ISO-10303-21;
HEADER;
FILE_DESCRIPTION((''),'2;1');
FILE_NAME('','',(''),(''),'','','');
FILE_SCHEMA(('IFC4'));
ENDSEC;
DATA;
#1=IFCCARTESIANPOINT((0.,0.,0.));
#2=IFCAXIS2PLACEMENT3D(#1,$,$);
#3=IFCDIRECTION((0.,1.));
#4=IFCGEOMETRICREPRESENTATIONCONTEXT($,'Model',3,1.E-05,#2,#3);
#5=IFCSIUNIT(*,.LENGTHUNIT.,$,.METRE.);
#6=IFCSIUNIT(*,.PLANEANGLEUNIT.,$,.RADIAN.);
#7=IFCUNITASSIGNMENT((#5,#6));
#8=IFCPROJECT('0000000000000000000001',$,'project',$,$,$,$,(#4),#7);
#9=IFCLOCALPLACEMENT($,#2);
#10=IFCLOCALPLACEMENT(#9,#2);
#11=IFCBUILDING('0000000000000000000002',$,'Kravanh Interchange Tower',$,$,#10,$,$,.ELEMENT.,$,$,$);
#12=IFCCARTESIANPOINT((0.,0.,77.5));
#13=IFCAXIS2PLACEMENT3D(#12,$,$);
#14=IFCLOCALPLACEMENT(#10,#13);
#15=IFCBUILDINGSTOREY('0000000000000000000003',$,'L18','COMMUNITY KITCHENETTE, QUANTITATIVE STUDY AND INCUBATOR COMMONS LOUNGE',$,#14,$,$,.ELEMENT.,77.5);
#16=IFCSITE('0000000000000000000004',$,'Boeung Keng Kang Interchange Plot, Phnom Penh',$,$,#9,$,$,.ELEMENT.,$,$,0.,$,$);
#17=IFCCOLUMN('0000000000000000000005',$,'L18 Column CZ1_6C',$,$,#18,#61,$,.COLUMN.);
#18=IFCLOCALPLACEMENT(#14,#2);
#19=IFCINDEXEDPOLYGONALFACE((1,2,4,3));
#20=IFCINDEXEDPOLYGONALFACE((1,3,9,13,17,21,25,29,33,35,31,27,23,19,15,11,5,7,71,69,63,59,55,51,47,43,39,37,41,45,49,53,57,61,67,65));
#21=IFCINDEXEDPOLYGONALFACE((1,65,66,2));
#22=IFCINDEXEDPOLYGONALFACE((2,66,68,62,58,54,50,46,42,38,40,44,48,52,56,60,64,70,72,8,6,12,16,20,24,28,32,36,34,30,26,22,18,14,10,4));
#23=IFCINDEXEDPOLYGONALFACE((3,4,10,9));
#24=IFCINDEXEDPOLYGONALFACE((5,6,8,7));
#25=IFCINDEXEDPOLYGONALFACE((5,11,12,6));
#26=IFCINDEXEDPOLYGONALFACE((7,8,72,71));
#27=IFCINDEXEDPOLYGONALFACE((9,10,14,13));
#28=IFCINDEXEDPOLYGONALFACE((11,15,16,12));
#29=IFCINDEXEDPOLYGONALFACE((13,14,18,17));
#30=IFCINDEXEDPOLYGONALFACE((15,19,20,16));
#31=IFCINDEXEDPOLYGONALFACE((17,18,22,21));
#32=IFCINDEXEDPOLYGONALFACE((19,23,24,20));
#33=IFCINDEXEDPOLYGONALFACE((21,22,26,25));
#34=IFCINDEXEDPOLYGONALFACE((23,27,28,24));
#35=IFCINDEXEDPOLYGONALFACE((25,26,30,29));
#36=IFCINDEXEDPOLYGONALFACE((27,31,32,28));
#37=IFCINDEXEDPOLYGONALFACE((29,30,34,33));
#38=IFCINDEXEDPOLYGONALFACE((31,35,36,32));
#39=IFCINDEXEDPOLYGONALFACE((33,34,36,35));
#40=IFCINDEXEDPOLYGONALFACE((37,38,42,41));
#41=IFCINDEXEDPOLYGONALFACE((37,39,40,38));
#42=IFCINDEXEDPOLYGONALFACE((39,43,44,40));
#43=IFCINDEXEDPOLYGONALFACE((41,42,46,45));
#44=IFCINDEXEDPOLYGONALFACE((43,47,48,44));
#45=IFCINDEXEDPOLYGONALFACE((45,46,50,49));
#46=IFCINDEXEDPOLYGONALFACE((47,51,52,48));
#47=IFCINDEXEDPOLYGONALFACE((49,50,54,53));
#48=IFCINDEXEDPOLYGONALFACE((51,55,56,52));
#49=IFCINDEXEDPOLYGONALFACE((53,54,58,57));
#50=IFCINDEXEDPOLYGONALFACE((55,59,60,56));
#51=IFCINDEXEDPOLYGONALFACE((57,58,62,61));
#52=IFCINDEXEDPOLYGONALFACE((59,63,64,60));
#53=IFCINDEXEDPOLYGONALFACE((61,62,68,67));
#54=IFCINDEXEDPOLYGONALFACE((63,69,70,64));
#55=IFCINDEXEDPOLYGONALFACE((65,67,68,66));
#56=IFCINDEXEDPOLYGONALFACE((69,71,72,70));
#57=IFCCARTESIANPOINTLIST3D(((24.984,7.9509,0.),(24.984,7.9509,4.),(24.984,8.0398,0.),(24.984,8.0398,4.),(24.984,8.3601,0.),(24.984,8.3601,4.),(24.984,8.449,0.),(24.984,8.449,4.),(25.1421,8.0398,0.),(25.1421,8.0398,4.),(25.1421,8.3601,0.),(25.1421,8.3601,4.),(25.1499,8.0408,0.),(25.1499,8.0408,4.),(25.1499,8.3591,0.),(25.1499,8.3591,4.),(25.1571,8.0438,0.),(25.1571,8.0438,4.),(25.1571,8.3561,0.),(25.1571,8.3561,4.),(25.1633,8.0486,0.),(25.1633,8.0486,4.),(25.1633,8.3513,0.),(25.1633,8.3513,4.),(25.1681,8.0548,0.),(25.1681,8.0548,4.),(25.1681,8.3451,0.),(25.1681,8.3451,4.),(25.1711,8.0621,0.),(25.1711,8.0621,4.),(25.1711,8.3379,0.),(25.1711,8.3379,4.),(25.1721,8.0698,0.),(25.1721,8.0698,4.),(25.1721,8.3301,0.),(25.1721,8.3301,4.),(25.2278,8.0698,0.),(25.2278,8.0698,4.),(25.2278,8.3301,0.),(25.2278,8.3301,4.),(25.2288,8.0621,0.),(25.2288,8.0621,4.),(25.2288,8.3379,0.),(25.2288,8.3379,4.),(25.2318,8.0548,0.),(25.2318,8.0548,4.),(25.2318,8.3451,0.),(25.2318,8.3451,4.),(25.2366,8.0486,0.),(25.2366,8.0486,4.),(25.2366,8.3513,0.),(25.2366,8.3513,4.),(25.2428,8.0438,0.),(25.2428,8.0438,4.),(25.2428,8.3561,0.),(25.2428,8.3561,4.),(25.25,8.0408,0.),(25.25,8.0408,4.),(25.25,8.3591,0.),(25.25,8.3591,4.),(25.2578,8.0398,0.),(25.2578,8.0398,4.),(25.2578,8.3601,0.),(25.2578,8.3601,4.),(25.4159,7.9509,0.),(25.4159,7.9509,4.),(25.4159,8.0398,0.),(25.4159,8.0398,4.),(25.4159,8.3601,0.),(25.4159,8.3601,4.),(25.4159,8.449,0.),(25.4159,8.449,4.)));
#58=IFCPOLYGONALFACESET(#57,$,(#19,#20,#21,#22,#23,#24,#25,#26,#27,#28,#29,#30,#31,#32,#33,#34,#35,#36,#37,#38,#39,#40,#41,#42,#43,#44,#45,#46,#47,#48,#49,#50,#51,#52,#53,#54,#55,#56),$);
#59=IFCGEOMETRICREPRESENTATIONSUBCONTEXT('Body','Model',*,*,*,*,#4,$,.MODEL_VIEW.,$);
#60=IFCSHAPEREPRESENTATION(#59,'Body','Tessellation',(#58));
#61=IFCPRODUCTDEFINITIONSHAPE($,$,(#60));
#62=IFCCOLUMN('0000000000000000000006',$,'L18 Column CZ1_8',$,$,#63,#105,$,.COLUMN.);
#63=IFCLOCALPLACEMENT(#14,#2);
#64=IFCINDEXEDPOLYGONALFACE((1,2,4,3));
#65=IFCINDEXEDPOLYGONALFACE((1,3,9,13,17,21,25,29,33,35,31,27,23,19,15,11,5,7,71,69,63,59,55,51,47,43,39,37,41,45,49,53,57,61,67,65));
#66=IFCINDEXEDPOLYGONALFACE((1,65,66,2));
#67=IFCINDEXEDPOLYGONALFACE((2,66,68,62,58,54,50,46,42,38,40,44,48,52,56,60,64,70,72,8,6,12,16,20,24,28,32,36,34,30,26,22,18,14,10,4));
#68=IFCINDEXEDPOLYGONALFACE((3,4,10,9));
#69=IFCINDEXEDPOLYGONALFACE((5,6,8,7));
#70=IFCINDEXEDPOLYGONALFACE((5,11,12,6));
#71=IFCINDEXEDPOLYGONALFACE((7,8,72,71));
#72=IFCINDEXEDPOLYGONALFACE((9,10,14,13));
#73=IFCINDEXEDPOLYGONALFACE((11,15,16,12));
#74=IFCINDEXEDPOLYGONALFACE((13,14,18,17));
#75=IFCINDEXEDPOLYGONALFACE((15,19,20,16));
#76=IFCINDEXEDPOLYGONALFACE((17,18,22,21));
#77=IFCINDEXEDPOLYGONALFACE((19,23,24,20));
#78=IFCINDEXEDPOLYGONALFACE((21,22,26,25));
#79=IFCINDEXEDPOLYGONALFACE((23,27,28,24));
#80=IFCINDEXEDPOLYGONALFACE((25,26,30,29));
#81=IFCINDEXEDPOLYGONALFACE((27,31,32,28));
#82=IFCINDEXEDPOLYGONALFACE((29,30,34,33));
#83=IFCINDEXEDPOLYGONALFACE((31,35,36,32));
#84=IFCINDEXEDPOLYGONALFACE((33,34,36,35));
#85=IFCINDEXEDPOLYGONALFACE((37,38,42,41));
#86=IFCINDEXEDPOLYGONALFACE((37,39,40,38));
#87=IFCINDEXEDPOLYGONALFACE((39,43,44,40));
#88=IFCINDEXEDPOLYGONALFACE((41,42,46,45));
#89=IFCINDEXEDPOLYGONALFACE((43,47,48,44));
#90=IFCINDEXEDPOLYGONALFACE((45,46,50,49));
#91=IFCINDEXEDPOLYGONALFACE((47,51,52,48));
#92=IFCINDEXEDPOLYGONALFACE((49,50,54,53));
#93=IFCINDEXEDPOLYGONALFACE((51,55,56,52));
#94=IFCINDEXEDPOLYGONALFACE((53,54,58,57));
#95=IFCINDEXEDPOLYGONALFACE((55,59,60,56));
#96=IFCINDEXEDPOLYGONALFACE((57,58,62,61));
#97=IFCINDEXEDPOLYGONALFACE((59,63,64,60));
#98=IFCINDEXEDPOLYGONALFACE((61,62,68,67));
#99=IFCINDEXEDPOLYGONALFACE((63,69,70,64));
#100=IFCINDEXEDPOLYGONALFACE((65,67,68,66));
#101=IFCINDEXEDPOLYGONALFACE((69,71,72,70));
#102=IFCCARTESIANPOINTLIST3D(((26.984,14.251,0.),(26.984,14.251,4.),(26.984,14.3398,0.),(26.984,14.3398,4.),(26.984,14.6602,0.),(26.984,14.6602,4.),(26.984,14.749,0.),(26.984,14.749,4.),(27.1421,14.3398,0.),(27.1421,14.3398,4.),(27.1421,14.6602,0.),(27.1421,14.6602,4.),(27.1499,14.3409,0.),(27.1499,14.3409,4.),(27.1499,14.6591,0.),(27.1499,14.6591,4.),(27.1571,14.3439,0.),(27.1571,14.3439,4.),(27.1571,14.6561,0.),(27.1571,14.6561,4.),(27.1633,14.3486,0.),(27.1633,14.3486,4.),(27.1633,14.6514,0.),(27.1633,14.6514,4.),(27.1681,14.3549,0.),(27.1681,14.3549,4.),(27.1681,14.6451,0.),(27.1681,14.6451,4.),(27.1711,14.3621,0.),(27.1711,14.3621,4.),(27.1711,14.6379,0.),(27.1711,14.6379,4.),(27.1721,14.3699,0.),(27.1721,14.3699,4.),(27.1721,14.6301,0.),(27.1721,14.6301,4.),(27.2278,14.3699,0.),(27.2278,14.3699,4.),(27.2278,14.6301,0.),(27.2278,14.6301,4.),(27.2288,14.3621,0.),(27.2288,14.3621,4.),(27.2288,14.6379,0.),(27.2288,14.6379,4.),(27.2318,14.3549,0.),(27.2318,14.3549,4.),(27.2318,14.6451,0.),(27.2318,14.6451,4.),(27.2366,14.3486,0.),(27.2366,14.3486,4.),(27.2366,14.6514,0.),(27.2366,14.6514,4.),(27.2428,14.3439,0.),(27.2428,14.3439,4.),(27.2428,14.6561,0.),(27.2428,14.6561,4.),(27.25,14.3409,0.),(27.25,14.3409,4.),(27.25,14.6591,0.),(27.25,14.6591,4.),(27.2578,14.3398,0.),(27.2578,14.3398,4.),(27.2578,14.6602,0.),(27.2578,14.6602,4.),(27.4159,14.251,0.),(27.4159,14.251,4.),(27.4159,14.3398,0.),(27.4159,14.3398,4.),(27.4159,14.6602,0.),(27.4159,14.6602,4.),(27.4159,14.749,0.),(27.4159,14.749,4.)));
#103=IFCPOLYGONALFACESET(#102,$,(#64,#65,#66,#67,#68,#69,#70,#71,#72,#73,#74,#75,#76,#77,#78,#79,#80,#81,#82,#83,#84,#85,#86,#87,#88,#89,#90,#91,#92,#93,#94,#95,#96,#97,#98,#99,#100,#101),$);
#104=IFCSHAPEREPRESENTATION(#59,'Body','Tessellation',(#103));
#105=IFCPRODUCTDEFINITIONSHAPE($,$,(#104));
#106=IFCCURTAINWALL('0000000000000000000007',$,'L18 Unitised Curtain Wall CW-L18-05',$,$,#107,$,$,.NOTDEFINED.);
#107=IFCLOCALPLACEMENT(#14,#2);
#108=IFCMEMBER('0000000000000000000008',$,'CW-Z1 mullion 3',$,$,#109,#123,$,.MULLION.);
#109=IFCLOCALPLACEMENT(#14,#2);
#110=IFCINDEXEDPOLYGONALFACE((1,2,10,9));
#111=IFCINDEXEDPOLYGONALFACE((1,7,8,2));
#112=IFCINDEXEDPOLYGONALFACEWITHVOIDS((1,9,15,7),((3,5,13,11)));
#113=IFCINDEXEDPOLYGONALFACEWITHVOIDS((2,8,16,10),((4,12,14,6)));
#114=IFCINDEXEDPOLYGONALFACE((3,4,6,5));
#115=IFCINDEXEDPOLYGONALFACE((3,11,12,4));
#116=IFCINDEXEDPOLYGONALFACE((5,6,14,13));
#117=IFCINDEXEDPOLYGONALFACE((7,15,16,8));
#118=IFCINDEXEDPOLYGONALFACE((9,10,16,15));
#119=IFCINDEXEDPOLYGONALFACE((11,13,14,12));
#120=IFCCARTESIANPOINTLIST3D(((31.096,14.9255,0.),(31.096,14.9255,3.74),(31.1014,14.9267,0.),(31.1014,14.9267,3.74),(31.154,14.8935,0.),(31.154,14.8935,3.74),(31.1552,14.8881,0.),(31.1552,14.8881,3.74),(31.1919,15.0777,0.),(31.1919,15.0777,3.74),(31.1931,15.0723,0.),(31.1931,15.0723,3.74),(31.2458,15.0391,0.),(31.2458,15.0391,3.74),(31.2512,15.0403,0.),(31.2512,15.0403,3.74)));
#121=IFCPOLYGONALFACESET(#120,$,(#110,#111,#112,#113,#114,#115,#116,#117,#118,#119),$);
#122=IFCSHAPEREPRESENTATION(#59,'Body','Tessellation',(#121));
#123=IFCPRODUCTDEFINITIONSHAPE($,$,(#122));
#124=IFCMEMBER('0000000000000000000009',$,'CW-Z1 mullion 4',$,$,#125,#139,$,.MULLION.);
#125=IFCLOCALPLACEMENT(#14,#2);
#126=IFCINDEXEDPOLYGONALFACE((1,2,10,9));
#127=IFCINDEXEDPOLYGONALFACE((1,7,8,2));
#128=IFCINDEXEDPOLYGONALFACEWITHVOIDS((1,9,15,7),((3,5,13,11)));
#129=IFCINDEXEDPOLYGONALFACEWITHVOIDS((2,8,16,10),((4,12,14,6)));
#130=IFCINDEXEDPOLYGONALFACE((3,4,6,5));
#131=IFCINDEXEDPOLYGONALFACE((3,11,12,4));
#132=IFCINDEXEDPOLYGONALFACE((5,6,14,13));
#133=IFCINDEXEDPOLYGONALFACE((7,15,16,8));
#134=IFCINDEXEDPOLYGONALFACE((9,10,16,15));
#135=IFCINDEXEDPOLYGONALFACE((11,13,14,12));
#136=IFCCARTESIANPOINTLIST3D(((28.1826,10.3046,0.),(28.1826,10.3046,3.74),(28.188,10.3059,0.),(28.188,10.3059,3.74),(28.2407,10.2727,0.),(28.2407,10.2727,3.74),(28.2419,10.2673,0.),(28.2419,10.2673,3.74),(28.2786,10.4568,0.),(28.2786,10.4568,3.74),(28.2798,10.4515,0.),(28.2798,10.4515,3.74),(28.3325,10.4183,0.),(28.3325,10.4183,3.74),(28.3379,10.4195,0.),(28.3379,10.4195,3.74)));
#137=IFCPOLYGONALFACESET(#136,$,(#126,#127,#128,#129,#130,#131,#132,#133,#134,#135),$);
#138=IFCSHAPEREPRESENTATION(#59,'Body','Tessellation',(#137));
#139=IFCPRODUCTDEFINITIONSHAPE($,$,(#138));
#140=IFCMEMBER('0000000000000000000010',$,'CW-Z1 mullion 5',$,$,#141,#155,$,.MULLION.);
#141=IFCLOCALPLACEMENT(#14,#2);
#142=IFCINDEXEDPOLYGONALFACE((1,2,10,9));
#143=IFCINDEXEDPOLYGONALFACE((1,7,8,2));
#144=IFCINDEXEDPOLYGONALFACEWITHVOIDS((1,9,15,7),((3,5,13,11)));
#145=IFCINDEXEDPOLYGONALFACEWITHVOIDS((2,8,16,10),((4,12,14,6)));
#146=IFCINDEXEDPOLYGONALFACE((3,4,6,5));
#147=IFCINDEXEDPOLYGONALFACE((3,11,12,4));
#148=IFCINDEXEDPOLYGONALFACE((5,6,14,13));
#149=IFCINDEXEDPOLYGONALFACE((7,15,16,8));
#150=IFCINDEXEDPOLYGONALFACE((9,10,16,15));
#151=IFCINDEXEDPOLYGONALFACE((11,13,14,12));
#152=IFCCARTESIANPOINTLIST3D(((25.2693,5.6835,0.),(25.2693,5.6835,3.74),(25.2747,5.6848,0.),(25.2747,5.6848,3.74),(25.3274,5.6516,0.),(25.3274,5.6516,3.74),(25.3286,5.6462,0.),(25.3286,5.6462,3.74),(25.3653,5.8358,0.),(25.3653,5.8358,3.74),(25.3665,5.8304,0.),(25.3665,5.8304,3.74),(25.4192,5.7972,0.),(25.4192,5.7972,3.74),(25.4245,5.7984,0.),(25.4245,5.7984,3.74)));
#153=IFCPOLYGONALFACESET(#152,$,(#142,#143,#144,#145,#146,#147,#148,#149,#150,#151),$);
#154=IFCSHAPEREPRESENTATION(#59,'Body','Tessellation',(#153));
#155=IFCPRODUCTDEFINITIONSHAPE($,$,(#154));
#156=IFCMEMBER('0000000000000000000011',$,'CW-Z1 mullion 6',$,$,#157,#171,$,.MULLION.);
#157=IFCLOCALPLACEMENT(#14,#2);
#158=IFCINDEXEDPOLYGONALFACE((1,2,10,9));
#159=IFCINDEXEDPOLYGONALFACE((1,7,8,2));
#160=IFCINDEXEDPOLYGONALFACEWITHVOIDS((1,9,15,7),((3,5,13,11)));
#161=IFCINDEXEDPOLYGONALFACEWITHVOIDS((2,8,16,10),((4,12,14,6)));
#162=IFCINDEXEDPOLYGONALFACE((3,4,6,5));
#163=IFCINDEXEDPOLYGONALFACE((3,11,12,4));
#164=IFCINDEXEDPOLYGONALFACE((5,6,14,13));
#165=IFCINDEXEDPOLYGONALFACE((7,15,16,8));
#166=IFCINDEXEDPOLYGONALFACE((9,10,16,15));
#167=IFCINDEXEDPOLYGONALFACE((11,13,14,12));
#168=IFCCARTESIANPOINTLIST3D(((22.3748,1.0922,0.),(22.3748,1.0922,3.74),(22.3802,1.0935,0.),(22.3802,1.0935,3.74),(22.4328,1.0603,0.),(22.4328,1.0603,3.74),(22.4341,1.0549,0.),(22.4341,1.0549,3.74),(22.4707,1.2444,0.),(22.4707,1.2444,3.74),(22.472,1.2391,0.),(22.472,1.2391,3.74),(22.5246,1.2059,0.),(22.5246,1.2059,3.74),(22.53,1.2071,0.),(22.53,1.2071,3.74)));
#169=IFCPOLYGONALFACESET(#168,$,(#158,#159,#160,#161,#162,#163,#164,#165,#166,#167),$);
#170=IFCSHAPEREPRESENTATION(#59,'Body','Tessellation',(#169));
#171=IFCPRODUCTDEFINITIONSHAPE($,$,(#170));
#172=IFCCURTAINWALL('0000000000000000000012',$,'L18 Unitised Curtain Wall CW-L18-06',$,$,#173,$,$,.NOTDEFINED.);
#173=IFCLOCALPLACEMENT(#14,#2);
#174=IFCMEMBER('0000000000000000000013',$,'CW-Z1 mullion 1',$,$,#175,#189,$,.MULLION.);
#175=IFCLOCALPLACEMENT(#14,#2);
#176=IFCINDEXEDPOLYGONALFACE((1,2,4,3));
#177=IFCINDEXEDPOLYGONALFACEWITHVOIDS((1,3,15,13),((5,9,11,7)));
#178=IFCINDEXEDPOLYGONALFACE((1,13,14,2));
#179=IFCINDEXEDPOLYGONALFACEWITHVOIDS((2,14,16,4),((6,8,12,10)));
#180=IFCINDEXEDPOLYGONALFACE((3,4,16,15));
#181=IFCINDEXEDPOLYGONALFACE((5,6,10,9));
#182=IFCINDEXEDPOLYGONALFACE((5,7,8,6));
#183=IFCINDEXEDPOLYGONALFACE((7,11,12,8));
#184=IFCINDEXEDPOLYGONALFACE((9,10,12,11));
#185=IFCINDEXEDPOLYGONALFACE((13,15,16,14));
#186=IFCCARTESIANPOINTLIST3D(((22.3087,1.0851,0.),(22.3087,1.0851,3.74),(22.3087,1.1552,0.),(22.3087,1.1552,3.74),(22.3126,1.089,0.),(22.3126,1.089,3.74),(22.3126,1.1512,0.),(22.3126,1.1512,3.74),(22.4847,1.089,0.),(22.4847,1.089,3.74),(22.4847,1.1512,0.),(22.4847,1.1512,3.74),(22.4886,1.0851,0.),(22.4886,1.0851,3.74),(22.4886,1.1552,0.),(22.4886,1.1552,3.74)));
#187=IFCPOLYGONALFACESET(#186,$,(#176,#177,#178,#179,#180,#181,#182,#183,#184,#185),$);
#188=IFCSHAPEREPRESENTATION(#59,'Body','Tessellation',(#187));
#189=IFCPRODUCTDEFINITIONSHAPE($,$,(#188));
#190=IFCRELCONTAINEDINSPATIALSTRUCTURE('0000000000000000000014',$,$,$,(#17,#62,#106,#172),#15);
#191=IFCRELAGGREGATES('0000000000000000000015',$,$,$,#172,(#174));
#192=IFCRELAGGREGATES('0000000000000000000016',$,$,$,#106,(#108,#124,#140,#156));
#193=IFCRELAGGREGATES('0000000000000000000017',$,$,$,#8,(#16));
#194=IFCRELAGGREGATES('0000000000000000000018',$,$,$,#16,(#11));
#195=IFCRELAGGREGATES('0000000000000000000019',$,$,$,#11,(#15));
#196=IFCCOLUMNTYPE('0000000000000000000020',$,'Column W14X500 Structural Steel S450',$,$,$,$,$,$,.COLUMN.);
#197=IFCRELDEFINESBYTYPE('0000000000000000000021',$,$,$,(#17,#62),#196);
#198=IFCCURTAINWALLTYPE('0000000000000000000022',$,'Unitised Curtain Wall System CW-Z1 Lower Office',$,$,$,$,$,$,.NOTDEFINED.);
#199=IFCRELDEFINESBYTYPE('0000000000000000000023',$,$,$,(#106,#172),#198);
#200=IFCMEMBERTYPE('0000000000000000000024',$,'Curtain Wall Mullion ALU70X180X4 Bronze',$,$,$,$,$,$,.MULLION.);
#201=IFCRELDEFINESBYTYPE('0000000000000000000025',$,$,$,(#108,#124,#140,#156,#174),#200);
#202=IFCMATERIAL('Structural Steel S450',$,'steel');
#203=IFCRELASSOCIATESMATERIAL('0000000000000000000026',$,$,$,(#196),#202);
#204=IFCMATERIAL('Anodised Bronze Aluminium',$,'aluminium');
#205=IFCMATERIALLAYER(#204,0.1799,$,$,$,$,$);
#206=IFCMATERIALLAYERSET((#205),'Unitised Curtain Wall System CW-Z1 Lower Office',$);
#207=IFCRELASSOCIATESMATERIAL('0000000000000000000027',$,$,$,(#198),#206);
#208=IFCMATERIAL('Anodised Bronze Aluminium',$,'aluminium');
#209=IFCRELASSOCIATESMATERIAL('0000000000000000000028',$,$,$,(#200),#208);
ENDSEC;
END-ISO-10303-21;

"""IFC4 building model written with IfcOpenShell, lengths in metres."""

from ifc_helpers import new_model, si_unit, direction, frame, origin, origin_2d, place, context, subcontext, project, spatial, hollow_rectangle, i_section, extrude, material, layer, layer_set, material_profile, profile_set, type_object, element, aggregate, save


model = new_model("IFC4")

# Units and contexts
model_context = context("Model", 3, precision=1e-05, world=origin(), true_north=direction((0.0, 1.0)))
body_context = subcontext(model_context, "Body", "Model", "MODEL_VIEW")
ifc_project = project(units=[si_unit("LENGTHUNIT", "METRE"), si_unit("PLANEANGLEUNIT", "RADIAN")], contexts=[model_context])

# Site, building, storey
site_placement = place(None, origin())
site = spatial("IfcSite", under=ifc_project, at=site_placement, Name="Boeung Keng Kang Interchange Plot, Phnom Penh", CompositionType="ELEMENT", RefElevation=0.0)
building_placement = place(site_placement, origin())
building = spatial("IfcBuilding", under=site, at=building_placement, Name="Kravanh Interchange Tower", CompositionType="ELEMENT")
storey_placement = place(building_placement, frame((0.0, 0.0, 77.5)))
storey = spatial("IfcBuildingStorey", under=building, at=storey_placement, Name="L18", Description="COMMUNITY KITCHENETTE, QUANTITATIVE STUDY AND INCUBATOR COMMONS LOUNGE", CompositionType="ELEMENT", Elevation=77.5)

# Columns
ifc_material_1 = material(Name="Structural Steel S450", Category="steel")
ifc_material_profile_1 = material_profile(ifc_material_1, i_section(OverallWidth=0.4319, OverallDepth=0.498, WebThickness=0.0557, FlangeThickness=0.0889, FilletRadius=0.03, at=origin_2d()), Name="W14X500")
ifc_profile_set_1 = profile_set([ifc_material_profile_1], Name="Structural Steel S450")
column_type = type_object("IfcColumnType", Name="Column W14X500 Structural Steel S450", PredefinedType="COLUMN", material=ifc_profile_set_1)
for number, where, z_axis, x_axis, name in (
    (1, (25.2, 8.2, 0.0), (0.0, 0.0, 1.0), (1.0, 0.0, 0.0), "L18 Column CZ1_6C"),
    (2, (27.2, 14.5, 0.0), (0.0, 0.0, 1.0), (1.0, 0.0, 0.0), "L18 Column CZ1_8"),
):
    element("IfcColumn", number, at=place(storey_placement, frame(where, z_axis=z_axis, x_axis=x_axis)), inside=storey, type_object=column_type, Name=name, PredefinedType="COLUMN", context=body_context, shape_type="SweptSolid", body=[
        extrude(i_section(OverallWidth=0.4319, OverallDepth=0.498, WebThickness=0.0557, FlangeThickness=0.0889, FilletRadius=0.03, at=origin_2d()), origin(), (0.0, 0.0, 1.0), 4.0),
    ])

# Curtain wall, members
ifc_material_2 = material(Name="Anodised Bronze Aluminium", Category="aluminium")
ifc_layer_1 = layer(ifc_material_2, 0.1799)
ifc_layer_set_1 = layer_set([ifc_layer_1], Name="Unitised Curtain Wall System CW-Z1 Lower Office")
curtain_wall_type = type_object("IfcCurtainWallType", Name="Unitised Curtain Wall System CW-Z1 Lower Office", PredefinedType="NOTDEFINED", material=ifc_layer_set_1)
curtain_wall_1_placement = place(storey_placement, origin())
curtain_wall_1 = element("IfcCurtainWall", 3, at=curtain_wall_1_placement, inside=storey, type_object=curtain_wall_type, Name="L18 Unitised Curtain Wall CW-L18-05", PredefinedType="NOTDEFINED")
ifc_material_3 = material(Name="Anodised Bronze Aluminium", Category="aluminium")
ifc_material_profile_2 = material_profile(ifc_material_3, hollow_rectangle(XDim=0.0701, YDim=0.1799, WallThickness=0.0039, at=origin_2d()), Name="ALU70X180X4")
ifc_profile_set_2 = profile_set([ifc_material_profile_2], Name="Anodised Bronze Aluminium")
member_type_1 = type_object("IfcMemberType", Name="Curtain Wall Mullion ALU70X180X4 Bronze", PredefinedType="MULLION", material=ifc_profile_set_2)
member_1_placement = place(storey_placement, frame((31.1736, 14.9829, 0.0), z_axis=(0.0, 0.0, 1.0), x_axis=(0.845926, -0.533301, 0.0)))
member_1 = element("IfcMember", 4, at=member_1_placement, type_object=member_type_1, Name="CW-Z1 mullion 3", PredefinedType="MULLION", context=body_context, shape_type="SweptSolid", body=[
    extrude(hollow_rectangle(XDim=0.0701, YDim=0.1799, WallThickness=0.0039, at=origin_2d()), origin(), (0.0, 0.0, 1.0), 3.74),
])
member_2_placement = place(storey_placement, frame((28.2603, 10.3621, 0.0), z_axis=(0.0, 0.0, 1.0), x_axis=(0.845926, -0.533301, 0.0)))
member_2 = element("IfcMember", 5, at=member_2_placement, type_object=member_type_1, Name="CW-Z1 mullion 4", PredefinedType="MULLION", context=body_context, shape_type="SweptSolid", body=[
    extrude(hollow_rectangle(XDim=0.0701, YDim=0.1799, WallThickness=0.0039, at=origin_2d()), origin(), (0.0, 0.0, 1.0), 3.74),
])
member_3_placement = place(storey_placement, frame((25.3469, 5.741, 0.0), z_axis=(0.0, 0.0, 1.0), x_axis=(0.845926, -0.533301, 0.0)))
member_3 = element("IfcMember", 6, at=member_3_placement, type_object=member_type_1, Name="CW-Z1 mullion 5", PredefinedType="MULLION", context=body_context, shape_type="SweptSolid", body=[
    extrude(hollow_rectangle(XDim=0.0701, YDim=0.1799, WallThickness=0.0039, at=origin_2d()), origin(), (0.0, 0.0, 1.0), 3.74),
])
member_4_placement = place(storey_placement, frame((22.4524, 1.1497, 0.0), z_axis=(0.0, 0.0, 1.0), x_axis=(0.845926, -0.533301, 0.0)))
member_4 = element("IfcMember", 7, at=member_4_placement, type_object=member_type_1, Name="CW-Z1 mullion 6", PredefinedType="MULLION", context=body_context, shape_type="SweptSolid", body=[
    extrude(hollow_rectangle(XDim=0.0701, YDim=0.1799, WallThickness=0.0039, at=origin_2d()), origin(), (0.0, 0.0, 1.0), 3.74),
])

# Curtain wall, member
curtain_wall_2_placement = place(storey_placement, origin())
curtain_wall_2 = element("IfcCurtainWall", 8, at=curtain_wall_2_placement, inside=storey, type_object=curtain_wall_type, Name="L18 Unitised Curtain Wall CW-L18-06", PredefinedType="NOTDEFINED")
member_5_placement = place(storey_placement, frame((22.3987, 1.1201, 0.0), z_axis=(0.0, 0.0, 1.0), x_axis=(0.0, -1.0, 0.0)))
member_5 = element("IfcMember", 9, at=member_5_placement, type_object=member_type_1, Name="CW-Z1 mullion 1", PredefinedType="MULLION", context=body_context, shape_type="SweptSolid", body=[
    extrude(hollow_rectangle(XDim=0.0701, YDim=0.1799, WallThickness=0.0039, at=origin_2d()), origin(), (0.0, 0.0, 1.0), 3.74),
])

aggregate(curtain_wall_2, [member_5])

aggregate(curtain_wall_1, [member_1, member_2, member_3, member_4])

save(model, "model.ifc")
